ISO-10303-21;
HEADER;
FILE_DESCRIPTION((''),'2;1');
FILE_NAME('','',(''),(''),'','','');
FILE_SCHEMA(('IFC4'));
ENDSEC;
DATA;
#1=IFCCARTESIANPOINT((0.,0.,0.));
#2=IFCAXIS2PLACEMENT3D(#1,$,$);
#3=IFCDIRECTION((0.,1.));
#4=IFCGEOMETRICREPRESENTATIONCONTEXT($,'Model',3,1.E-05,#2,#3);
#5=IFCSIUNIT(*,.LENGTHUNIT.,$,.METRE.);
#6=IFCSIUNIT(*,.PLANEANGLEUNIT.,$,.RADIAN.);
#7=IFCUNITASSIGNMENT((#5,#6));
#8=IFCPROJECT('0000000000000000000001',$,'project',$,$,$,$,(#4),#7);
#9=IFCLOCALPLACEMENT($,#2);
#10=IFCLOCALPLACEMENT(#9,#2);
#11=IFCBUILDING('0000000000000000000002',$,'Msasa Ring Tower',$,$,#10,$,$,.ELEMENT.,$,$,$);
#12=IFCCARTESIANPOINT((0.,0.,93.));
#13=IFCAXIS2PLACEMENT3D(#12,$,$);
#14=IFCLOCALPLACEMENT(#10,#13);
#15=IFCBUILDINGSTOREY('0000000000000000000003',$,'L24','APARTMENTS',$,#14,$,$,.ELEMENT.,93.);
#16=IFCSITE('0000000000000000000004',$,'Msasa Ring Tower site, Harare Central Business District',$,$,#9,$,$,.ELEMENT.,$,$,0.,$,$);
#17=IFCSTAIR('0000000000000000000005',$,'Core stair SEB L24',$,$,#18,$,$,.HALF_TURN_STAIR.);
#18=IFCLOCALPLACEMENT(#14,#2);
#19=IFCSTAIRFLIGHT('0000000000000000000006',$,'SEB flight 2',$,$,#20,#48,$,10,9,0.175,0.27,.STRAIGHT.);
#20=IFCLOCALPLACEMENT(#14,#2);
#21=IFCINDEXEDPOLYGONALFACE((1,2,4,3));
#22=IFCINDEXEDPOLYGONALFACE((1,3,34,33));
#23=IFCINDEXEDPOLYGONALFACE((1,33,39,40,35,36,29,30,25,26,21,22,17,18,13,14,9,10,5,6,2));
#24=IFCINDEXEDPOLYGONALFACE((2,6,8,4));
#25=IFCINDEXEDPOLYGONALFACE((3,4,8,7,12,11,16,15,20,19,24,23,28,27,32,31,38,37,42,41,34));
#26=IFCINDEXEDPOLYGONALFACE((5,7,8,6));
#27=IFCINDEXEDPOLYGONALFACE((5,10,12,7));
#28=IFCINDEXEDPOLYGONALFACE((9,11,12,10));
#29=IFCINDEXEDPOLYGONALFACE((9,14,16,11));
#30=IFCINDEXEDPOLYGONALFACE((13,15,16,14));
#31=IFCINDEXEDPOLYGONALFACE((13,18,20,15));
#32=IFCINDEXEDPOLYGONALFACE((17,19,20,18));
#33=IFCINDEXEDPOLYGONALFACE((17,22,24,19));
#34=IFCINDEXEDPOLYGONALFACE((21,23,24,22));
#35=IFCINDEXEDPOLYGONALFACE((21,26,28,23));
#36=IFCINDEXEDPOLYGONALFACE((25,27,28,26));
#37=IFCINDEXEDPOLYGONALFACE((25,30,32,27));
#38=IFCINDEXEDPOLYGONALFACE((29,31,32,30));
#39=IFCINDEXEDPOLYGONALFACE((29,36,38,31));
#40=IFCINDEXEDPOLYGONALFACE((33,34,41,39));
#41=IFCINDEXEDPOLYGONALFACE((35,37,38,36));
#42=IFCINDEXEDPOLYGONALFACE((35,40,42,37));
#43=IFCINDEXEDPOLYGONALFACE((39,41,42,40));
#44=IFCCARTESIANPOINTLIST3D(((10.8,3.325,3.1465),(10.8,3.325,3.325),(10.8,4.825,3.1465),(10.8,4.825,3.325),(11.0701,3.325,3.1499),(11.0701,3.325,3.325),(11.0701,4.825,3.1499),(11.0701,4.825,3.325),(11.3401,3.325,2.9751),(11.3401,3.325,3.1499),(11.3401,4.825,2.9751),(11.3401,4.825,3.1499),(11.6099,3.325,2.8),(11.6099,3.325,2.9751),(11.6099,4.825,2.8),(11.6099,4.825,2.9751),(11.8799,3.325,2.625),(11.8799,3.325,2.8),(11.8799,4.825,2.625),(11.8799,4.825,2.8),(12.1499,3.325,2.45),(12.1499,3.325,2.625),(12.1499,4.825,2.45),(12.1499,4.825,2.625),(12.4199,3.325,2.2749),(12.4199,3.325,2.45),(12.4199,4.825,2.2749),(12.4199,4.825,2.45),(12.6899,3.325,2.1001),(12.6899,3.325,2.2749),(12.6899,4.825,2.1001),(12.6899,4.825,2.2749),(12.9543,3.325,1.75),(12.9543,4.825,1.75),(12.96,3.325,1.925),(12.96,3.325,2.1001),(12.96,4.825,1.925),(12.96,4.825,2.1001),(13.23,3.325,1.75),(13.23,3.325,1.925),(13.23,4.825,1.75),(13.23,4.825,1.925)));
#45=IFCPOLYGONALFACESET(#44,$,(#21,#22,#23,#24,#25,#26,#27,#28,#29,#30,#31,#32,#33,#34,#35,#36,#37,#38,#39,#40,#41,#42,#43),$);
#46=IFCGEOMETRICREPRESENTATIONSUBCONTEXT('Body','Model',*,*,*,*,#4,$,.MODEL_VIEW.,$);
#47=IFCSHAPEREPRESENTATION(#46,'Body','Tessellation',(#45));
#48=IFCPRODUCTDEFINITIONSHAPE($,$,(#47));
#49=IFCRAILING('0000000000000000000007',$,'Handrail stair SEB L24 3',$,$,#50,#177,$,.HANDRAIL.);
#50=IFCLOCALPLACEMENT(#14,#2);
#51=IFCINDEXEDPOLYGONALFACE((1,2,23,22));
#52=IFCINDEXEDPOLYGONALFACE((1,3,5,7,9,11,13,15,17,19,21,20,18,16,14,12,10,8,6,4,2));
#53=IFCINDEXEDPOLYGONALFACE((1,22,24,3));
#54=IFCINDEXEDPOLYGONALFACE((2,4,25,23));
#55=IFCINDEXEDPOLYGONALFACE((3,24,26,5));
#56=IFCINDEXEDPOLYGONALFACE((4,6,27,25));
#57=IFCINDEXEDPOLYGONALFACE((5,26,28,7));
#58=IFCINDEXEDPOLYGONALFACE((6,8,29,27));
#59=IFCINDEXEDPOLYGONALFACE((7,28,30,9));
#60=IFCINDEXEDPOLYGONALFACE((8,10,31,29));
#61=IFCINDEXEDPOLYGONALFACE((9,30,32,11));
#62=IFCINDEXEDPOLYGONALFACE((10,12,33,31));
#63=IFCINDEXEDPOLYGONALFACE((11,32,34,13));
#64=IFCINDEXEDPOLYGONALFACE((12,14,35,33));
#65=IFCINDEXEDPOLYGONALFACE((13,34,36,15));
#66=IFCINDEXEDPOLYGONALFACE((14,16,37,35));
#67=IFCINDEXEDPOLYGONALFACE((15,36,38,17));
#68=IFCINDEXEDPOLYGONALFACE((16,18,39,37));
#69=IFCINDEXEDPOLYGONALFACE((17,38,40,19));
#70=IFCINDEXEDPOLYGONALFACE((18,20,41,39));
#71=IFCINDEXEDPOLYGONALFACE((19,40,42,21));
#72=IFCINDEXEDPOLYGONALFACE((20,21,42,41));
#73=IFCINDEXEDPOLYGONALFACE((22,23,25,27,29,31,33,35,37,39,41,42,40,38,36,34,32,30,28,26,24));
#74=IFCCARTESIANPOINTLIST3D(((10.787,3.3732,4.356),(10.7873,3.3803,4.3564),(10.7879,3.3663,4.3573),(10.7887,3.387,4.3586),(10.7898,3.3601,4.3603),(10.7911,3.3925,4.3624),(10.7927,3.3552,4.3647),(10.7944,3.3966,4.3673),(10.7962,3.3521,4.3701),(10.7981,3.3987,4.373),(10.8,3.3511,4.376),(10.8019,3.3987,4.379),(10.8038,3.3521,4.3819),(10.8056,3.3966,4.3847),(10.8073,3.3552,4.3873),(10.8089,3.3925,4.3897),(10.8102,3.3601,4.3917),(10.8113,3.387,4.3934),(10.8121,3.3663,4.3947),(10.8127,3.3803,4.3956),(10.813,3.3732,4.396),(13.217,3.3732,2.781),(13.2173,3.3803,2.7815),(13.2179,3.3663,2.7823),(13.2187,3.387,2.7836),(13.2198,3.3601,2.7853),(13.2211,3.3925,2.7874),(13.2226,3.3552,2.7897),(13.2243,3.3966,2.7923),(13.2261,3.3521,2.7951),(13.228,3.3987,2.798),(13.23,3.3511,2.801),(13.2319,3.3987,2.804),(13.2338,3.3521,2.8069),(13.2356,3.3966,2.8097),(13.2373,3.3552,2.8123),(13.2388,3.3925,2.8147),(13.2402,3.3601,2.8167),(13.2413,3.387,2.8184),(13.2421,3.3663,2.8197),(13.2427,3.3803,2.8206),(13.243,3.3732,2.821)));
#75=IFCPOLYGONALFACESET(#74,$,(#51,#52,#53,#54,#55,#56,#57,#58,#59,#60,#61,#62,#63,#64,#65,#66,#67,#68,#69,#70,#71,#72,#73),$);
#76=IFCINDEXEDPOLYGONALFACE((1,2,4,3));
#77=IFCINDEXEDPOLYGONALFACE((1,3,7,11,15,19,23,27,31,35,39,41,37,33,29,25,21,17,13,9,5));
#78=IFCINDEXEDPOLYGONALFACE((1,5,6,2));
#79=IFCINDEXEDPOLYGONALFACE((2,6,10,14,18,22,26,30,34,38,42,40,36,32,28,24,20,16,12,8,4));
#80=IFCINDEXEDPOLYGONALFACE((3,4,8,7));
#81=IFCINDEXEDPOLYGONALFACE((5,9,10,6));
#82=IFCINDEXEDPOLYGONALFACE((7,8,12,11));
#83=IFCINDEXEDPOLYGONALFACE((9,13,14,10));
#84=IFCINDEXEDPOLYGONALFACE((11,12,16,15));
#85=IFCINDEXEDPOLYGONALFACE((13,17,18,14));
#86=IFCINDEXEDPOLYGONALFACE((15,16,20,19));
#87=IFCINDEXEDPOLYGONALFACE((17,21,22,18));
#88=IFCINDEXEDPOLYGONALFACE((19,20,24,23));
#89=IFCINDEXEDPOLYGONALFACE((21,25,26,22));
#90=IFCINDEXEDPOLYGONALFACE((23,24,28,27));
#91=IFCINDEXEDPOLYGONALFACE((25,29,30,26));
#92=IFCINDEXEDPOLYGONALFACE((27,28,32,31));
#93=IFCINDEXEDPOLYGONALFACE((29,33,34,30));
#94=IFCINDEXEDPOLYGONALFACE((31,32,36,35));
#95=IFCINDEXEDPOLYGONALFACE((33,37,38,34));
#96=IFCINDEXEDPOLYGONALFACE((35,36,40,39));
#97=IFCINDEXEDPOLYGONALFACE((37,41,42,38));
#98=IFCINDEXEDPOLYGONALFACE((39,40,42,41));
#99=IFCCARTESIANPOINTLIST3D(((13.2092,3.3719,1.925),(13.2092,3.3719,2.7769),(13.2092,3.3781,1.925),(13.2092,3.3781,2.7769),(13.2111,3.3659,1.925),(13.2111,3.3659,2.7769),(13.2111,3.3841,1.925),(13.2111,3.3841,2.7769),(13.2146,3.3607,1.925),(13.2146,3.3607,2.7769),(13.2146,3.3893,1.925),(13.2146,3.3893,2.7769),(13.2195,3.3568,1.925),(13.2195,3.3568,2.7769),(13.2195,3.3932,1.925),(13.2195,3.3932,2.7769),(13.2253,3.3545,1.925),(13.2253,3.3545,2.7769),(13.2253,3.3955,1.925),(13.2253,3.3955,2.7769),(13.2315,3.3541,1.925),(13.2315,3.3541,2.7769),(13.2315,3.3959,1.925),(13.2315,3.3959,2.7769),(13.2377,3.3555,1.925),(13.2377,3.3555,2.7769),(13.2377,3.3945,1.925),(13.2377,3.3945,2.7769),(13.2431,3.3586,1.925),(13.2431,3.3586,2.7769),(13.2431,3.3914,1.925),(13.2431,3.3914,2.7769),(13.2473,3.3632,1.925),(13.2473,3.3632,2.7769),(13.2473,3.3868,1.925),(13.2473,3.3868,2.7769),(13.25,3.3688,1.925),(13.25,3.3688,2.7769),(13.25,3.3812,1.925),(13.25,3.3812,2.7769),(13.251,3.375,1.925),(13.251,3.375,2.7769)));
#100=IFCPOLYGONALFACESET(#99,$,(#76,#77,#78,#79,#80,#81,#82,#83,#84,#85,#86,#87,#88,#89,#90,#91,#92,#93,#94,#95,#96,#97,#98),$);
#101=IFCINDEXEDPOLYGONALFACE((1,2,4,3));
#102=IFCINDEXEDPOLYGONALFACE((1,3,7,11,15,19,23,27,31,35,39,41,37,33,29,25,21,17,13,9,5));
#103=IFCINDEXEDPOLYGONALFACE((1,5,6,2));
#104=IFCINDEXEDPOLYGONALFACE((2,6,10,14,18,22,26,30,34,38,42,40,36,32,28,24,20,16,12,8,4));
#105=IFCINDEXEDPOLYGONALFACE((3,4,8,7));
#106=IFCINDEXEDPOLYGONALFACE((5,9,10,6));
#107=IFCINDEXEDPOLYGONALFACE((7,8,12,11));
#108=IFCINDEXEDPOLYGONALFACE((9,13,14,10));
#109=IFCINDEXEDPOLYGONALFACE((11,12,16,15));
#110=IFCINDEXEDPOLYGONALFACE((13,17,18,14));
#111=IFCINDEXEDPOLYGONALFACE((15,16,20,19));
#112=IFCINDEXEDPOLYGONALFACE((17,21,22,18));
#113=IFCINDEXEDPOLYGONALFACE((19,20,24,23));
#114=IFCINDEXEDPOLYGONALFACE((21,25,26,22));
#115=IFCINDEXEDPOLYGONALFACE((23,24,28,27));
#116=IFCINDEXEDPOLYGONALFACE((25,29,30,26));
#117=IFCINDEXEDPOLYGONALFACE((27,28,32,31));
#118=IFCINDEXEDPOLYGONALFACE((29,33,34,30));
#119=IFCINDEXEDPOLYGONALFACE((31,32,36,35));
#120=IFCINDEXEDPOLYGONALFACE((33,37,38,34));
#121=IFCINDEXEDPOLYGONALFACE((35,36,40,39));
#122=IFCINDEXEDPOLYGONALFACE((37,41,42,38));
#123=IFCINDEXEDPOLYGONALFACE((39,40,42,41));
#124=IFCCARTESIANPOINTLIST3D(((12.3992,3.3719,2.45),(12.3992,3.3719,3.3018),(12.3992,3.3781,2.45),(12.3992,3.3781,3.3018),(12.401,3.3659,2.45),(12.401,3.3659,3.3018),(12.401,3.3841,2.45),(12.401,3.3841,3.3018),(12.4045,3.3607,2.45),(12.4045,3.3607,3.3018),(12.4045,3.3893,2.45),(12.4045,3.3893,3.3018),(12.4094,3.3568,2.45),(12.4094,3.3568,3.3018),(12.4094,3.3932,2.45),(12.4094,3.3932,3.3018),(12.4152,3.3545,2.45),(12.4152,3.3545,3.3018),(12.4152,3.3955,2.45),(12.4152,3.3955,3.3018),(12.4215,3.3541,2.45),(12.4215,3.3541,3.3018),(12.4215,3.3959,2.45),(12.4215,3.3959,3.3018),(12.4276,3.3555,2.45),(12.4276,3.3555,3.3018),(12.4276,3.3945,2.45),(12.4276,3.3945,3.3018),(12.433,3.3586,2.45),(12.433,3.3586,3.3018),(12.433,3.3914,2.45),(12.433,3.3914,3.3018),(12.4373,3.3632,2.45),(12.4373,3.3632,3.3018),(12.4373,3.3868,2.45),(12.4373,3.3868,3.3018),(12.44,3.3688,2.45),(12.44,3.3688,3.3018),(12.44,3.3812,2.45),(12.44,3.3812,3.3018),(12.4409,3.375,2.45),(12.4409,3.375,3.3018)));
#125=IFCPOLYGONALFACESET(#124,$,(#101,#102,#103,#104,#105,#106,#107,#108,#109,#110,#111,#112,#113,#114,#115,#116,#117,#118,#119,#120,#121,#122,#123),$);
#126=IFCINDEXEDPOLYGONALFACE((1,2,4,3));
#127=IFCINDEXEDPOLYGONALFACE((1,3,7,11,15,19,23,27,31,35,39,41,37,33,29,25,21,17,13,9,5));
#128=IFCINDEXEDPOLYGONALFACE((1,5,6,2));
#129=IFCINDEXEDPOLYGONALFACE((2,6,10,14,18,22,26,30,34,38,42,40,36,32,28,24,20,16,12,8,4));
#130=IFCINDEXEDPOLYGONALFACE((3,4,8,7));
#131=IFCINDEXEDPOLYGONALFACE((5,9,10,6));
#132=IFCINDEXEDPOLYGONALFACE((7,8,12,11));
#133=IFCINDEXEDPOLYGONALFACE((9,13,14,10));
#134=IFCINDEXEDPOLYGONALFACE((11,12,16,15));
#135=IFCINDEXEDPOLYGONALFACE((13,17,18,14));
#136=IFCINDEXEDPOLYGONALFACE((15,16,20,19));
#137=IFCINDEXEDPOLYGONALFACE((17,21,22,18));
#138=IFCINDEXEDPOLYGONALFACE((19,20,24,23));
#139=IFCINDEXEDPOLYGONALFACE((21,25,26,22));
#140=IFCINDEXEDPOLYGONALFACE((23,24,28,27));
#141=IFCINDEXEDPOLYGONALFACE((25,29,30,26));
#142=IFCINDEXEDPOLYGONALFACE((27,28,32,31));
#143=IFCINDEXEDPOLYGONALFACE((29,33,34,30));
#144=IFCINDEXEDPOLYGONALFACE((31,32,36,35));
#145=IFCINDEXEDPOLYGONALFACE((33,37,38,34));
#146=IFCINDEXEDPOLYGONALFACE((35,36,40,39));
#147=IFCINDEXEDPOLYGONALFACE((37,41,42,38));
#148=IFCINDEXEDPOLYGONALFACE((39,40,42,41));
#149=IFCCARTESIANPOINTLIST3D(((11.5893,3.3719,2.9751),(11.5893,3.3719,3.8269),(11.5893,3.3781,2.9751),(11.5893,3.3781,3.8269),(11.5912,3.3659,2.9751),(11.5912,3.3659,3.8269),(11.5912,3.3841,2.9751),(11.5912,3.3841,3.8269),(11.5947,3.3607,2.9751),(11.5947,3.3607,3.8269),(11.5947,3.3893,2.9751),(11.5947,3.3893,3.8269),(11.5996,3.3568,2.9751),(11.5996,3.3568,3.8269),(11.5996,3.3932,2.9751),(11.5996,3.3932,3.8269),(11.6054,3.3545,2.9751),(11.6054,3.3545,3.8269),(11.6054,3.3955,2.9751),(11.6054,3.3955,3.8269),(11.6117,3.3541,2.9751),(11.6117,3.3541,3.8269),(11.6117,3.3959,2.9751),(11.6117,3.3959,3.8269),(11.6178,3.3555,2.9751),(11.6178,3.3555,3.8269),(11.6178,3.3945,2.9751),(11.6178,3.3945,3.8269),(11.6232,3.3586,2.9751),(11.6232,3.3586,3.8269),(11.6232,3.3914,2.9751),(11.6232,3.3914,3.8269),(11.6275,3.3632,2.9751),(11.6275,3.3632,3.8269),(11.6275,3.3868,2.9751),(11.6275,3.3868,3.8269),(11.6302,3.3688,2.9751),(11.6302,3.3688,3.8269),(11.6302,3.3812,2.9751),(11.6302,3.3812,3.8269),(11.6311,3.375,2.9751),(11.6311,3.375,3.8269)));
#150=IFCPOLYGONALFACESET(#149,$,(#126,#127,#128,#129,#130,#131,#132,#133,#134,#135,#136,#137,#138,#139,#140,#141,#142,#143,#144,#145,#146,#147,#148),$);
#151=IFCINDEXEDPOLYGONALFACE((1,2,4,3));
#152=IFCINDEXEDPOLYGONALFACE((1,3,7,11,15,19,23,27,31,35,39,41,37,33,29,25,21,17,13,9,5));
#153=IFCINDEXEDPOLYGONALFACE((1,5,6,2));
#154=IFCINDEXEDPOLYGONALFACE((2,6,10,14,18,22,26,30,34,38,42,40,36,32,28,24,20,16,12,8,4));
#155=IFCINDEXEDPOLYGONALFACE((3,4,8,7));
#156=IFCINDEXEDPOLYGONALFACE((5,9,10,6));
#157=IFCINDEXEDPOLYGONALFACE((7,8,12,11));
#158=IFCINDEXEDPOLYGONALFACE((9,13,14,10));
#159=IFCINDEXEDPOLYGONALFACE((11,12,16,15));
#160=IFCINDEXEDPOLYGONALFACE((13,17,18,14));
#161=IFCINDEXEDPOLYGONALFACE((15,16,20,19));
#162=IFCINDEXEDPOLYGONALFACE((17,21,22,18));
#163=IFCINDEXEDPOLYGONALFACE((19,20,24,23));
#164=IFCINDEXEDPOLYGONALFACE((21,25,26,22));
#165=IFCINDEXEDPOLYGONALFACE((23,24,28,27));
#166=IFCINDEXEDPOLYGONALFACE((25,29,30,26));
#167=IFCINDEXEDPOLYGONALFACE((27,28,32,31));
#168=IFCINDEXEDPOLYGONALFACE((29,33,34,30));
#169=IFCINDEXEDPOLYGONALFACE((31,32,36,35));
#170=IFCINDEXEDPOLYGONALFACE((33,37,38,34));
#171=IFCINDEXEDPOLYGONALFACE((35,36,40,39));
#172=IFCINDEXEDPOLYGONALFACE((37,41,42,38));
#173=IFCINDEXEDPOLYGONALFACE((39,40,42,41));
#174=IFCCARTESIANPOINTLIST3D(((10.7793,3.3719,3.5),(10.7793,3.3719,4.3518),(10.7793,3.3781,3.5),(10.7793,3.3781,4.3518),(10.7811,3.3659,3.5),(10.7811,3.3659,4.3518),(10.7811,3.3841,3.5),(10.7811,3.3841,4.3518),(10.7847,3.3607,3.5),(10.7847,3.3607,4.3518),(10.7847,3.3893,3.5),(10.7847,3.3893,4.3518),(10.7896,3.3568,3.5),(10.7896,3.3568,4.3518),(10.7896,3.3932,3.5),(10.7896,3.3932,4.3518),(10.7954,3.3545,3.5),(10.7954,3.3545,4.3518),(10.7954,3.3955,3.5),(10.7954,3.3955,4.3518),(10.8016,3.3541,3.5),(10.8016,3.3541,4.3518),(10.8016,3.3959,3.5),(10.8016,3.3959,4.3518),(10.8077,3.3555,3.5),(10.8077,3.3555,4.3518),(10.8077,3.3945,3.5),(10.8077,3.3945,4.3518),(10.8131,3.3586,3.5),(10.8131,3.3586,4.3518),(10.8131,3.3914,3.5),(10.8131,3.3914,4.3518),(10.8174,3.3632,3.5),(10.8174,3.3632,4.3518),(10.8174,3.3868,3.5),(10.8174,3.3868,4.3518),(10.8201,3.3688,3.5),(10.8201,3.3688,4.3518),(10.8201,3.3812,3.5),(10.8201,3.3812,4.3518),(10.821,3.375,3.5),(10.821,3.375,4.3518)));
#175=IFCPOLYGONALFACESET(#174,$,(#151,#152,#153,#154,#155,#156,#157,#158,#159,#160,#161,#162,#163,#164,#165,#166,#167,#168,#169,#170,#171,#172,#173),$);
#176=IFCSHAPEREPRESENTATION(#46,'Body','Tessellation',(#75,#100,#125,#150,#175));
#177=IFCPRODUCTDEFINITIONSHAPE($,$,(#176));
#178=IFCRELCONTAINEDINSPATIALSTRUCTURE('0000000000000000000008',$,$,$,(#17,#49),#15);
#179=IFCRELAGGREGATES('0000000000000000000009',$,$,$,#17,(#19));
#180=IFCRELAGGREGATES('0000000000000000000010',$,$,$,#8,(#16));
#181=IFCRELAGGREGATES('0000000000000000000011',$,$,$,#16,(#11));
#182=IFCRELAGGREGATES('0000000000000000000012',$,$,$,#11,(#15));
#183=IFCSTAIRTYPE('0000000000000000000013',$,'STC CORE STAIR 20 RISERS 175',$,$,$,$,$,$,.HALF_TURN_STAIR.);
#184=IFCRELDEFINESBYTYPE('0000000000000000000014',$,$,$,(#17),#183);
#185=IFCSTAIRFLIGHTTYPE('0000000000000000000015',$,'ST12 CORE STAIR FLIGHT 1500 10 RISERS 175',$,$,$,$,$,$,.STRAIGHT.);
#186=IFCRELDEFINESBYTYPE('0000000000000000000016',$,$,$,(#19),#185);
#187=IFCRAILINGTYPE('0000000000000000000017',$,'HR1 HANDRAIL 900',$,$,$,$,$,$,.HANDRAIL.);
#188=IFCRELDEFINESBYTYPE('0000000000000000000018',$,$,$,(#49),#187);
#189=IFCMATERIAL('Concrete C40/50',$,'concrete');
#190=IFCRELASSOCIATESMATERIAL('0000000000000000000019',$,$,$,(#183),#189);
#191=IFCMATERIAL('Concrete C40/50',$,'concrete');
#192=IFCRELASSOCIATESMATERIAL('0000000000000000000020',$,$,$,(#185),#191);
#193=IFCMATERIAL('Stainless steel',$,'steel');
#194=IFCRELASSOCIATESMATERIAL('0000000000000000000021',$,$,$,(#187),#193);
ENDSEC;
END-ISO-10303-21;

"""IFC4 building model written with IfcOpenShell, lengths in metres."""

from ifc_helpers import new_model, si_unit, direction, frame, origin, origin_2d, place, context, subcontext, project, spatial, polyline, circle, outline, extrude, material, type_object, element, aggregate, save


model = new_model("IFC4")

# Units and contexts
model_context = context("Model", 3, precision=1e-05, world=origin(), true_north=direction((0.0, 1.0)))
body_context = subcontext(model_context, "Body", "Model", "MODEL_VIEW")
ifc_project = project(units=[si_unit("LENGTHUNIT", "METRE"), si_unit("PLANEANGLEUNIT", "RADIAN")], contexts=[model_context])

# Site, building, storey
site_placement = place(None, origin())
site = spatial("IfcSite", under=ifc_project, at=site_placement, Name="Msasa Ring Tower site, Harare Central Business District", CompositionType="ELEMENT", RefElevation=0.0)
building_placement = place(site_placement, origin())
building = spatial("IfcBuilding", under=site, at=building_placement, Name="Msasa Ring Tower", CompositionType="ELEMENT")
storey_placement = place(building_placement, frame((0.0, 0.0, 93.0)))
storey = spatial("IfcBuildingStorey", under=building, at=storey_placement, Name="L24", Description="APARTMENTS", CompositionType="ELEMENT", Elevation=93.0)

# Stair, stair flight
ifc_material_1 = material(Name="Concrete C40/50", Category="concrete")
stair_type = type_object("IfcStairType", Name="STC CORE STAIR 20 RISERS 175", PredefinedType="HALF_TURN_STAIR", material=ifc_material_1)
stair_placement = place(storey_placement, origin())
stair = element("IfcStair", 1, at=stair_placement, inside=storey, type_object=stair_type, Name="Core stair SEB L24", PredefinedType="HALF_TURN_STAIR")
ifc_material_2 = material(Name="Concrete C40/50", Category="concrete")
stair_flight_type = type_object("IfcStairFlightType", Name="ST12 CORE STAIR FLIGHT 1500 10 RISERS 175", PredefinedType="STRAIGHT", material=ifc_material_2)
stair_flight_placement = place(storey_placement, frame((13.23, 4.075, 1.75), z_axis=(0.0, 0.0, 1.0), x_axis=(-1.0, 0.0, 0.0)))
stair_flight = element("IfcStairFlight", 2, at=stair_flight_placement, type_object=stair_flight_type, Name="SEB flight 2", NumberOfRisers=10, NumberOfTreads=9, PredefinedType="STRAIGHT", RiserHeight=0.175, TreadLength=0.27, context=body_context, shape_type="SweptSolid", body=[
    extrude(outline(polyline([(0.0, 0.0), (0.0, 0.175), (0.27, 0.175), (0.27, 0.3501), (0.54, 0.3501), (0.54, 0.5249), (0.8101, 0.5249), (0.8101, 0.7), (1.0801, 0.7), (1.0801, 0.875), (1.3501, 0.875), (1.3501, 1.05), (1.6201, 1.05), (1.6201, 1.2251), (1.8899, 1.2251), (1.8899, 1.3999), (2.1599, 1.3999), (2.1599, 1.575), (2.4299, 1.575), (2.4299, 1.75), (2.4299, 1.3965), (0.2756, 0.0), (0.0, 0.0)])), frame((0.0, 0.75, 0.0), z_axis=(0.0, -1.0, 0.0), x_axis=(1.0, 0.0, 0.0)), (0.0, 0.0, 1.0), 1.5),
])
aggregate(stair, [stair_flight])

# Railing
ifc_material_3 = material(Name="Stainless steel", Category="steel")
railing_type = type_object("IfcRailingType", Name="HR1 HANDRAIL 900", PredefinedType="HANDRAIL", material=ifc_material_3)
for number, where, name in (
    (3, (13.23, 3.375, 1.925), "Handrail stair SEB L24 3"),
):
    element("IfcRailing", number, at=place(storey_placement, frame(where)), inside=storey, type_object=railing_type, Name=name, PredefinedType="HANDRAIL", context=body_context, shape_type="SweptSolid", body=[
        extrude(circle(Radius=0.0239, at=origin_2d()), frame((0.0, 0.0, 0.876), z_axis=(-0.839154, 0.0, 0.543894), x_axis=(0.0, -1.0, 0.0)), (0.0, 0.0, 1.0), 2.8958),
        extrude(circle(Radius=0.021, at=origin_2d()), origin(), (0.0, 0.0, 1.0), 0.8518),
        extrude(circle(Radius=0.021, at=origin_2d()), frame((-0.8101, 0.0, 0.5249)), (0.0, 0.0, 1.0), 0.8518),
        extrude(circle(Radius=0.021, at=origin_2d()), frame((-1.6199, 0.0, 1.05)), (0.0, 0.0, 1.0), 0.8518),
        extrude(circle(Radius=0.021, at=origin_2d()), frame((-2.4299, 0.0, 1.575)), (0.0, 0.0, 1.0), 0.8518),
    ])

save(model, "model.ifc")
